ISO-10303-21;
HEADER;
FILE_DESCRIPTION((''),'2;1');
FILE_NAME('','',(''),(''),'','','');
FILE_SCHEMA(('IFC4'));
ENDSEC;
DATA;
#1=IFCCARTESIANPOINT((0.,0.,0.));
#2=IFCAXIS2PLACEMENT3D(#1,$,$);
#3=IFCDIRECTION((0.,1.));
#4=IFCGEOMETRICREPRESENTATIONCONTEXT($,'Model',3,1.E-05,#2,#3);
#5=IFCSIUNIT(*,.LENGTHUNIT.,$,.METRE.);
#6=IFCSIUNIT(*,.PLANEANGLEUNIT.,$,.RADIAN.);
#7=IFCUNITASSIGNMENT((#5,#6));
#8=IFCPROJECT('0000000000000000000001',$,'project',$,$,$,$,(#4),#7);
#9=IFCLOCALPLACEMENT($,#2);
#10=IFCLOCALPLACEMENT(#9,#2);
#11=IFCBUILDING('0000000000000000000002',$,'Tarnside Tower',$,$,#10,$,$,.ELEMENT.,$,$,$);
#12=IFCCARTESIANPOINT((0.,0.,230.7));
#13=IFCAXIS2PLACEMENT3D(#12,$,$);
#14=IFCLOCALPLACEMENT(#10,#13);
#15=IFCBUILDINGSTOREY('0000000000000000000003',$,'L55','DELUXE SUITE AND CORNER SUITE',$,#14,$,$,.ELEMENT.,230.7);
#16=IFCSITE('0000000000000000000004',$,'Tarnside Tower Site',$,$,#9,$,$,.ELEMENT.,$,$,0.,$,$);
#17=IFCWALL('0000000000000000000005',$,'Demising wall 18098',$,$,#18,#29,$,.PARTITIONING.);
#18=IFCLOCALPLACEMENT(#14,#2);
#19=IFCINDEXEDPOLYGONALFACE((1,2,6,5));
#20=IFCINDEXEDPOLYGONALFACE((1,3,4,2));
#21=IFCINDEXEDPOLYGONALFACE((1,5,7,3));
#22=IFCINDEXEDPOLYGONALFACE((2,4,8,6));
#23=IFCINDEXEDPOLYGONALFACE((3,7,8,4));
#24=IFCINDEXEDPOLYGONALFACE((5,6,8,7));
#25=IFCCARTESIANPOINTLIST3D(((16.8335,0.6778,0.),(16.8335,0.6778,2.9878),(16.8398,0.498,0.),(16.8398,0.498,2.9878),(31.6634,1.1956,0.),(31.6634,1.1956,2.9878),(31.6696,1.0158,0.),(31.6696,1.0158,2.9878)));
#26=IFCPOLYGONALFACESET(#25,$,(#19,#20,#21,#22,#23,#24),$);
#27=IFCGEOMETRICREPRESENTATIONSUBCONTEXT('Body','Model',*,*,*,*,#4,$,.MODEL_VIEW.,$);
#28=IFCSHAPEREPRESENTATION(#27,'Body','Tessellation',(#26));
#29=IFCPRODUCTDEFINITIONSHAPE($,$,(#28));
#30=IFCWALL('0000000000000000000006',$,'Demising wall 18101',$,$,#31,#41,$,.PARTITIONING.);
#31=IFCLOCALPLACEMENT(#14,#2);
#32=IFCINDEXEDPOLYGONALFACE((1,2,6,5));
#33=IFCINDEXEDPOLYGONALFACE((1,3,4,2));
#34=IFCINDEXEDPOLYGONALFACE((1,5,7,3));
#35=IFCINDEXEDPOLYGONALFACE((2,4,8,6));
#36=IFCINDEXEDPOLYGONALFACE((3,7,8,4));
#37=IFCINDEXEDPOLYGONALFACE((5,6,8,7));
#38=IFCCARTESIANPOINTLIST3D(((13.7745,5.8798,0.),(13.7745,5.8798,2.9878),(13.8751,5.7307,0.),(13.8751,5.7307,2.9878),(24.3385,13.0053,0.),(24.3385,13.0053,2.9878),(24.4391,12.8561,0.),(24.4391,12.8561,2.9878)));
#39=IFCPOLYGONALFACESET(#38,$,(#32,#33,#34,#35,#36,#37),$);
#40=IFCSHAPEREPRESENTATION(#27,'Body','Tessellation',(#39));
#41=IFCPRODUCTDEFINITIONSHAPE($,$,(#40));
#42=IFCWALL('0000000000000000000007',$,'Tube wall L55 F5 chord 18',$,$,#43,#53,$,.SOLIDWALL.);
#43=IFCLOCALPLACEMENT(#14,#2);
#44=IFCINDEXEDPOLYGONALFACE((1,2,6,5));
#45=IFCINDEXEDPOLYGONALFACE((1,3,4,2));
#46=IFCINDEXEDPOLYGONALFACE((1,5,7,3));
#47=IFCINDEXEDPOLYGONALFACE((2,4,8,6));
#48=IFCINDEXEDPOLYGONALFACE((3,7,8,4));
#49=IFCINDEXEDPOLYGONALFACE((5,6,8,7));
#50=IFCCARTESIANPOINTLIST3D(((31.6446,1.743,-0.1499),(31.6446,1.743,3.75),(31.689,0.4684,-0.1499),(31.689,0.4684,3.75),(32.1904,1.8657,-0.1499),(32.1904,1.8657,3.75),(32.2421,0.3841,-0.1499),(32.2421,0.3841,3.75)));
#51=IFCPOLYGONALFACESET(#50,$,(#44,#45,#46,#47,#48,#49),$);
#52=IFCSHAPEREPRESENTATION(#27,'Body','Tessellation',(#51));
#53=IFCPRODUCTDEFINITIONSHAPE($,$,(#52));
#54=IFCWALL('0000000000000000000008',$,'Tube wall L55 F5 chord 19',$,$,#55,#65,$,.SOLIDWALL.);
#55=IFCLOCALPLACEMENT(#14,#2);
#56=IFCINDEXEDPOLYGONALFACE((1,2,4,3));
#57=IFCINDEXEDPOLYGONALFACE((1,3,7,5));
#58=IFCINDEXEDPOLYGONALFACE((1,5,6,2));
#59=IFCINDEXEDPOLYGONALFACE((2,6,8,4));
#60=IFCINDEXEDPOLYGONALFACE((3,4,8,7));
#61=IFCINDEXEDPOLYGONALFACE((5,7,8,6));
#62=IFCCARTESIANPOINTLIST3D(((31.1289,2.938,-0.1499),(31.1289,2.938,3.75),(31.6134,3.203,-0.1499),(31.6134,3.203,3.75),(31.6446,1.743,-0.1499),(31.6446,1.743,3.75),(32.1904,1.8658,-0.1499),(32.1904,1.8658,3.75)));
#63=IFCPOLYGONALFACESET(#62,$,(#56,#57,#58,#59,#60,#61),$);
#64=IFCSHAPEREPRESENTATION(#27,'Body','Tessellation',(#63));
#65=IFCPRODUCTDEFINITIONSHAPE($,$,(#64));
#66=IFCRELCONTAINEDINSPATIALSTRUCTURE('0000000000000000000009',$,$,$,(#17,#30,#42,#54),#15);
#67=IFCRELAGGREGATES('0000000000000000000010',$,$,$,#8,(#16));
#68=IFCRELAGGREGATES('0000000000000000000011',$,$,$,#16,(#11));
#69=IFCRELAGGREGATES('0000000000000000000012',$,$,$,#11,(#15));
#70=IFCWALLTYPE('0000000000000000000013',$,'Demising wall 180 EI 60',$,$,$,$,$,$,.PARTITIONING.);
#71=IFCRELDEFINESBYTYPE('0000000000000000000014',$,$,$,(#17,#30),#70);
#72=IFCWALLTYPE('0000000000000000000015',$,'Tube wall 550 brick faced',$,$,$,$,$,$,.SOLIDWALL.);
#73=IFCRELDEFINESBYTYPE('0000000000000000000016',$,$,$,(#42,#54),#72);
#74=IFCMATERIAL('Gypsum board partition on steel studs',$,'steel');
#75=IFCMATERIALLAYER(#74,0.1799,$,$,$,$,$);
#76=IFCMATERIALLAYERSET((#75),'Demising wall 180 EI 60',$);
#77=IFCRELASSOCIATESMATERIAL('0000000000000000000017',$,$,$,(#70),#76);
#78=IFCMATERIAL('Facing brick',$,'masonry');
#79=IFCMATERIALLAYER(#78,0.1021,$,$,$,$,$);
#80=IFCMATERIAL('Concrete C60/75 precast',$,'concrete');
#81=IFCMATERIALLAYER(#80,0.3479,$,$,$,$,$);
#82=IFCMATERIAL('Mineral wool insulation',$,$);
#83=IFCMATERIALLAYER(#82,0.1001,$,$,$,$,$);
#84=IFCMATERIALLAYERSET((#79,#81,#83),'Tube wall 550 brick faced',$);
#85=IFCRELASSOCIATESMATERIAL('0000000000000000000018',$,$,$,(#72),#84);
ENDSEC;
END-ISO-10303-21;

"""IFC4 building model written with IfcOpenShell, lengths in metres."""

from ifc_helpers import new_model, si_unit, direction, frame, frame_2d, origin, place, context, subcontext, project, spatial, polyline, rectangle, outline, extrude, material, layer, layer_set, type_object, element, save


model = new_model("IFC4")

# Units and contexts
model_context = context("Model", 3, precision=1e-05, world=origin(), true_north=direction((0.0, 1.0)))
body_context = subcontext(model_context, "Body", "Model", "MODEL_VIEW")
ifc_project = project(units=[si_unit("LENGTHUNIT", "METRE"), si_unit("PLANEANGLEUNIT", "RADIAN")], contexts=[model_context])

# Site, building, storey
site_placement = place(None, origin())
site = spatial("IfcSite", under=ifc_project, at=site_placement, Name="Tarnside Tower Site", CompositionType="ELEMENT", RefElevation=0.0)
building_placement = place(site_placement, origin())
building = spatial("IfcBuilding", under=site, at=building_placement, Name="Tarnside Tower", CompositionType="ELEMENT")
storey_placement = place(building_placement, frame((0.0, 0.0, 230.7)))
storey = spatial("IfcBuildingStorey", under=building, at=storey_placement, Name="L55", Description="DELUXE SUITE AND CORNER SUITE", CompositionType="ELEMENT", Elevation=230.7)

# Shared definitions
ifc_material_1 = material(Name="Gypsum board partition on steel studs", Category="steel")

# Walls
ifc_layer_1 = layer(ifc_material_1, 0.1799)
ifc_layer_set_1 = layer_set([ifc_layer_1], Name="Demising wall 180 EI 60")
wall_type_1 = type_object("IfcWallType", Name="Demising wall 180 EI 60", PredefinedType="PARTITIONING", material=ifc_layer_set_1)
wall_1_placement = place(storey_placement, frame((31.6665, 1.1057, 0.0), z_axis=(0.0, 0.0, 1.0), x_axis=(-0.999391, -0.034896, 0.0)))
element("IfcWall", 1, at=wall_1_placement, inside=storey, type_object=wall_type_1, Name="Demising wall 18098", PredefinedType="PARTITIONING", context=body_context, shape_type="SweptSolid", body=[
    extrude(rectangle(XDim=14.8389, YDim=0.1799, at=frame_2d((7.4194, 0.0))), origin(), (0.0, 0.0, 1.0), 2.9878),
])
wall_2_placement = place(storey_placement, frame((24.3887, 12.9307, 0.0), z_axis=(0.0, 0.0, 1.0), x_axis=(-0.829037, -0.559193, 0.0)))
element("IfcWall", 2, at=wall_2_placement, inside=storey, type_object=wall_type_1, Name="Demising wall 18101", PredefinedType="PARTITIONING", context=body_context, shape_type="SweptSolid", body=[
    extrude(rectangle(XDim=12.7424, YDim=0.1799, at=frame_2d((6.3711, 0.0))), origin(), (0.0, 0.0, 1.0), 2.9878),
])
ifc_material_2 = material(Name="Facing brick", Category="masonry")
ifc_layer_2 = layer(ifc_material_2, 0.1021)
ifc_material_3 = material(Name="Concrete C60/75 precast", Category="concrete")
ifc_layer_3 = layer(ifc_material_3, 0.3479)
ifc_material_4 = material(Name="Mineral wool insulation")
ifc_layer_4 = layer(ifc_material_4, 0.1001)
ifc_layer_set_2 = layer_set([ifc_layer_2, ifc_layer_3, ifc_layer_4], Name="Tube wall 550 brick faced")
wall_type_2 = type_object("IfcWallType", Name="Tube wall 550 brick faced", PredefinedType="SOLIDWALL", material=ifc_layer_set_2)
wall_3_placement = place(storey_placement, frame((31.9656, 0.4263, -0.1499), z_axis=(0.0, 0.0, 1.0), x_axis=(-0.034877, 0.999392, 0.0)))
element("IfcWall", 3, at=wall_3_placement, inside=storey, type_object=wall_type_2, Name="Tube wall L55 F5 chord 18", PredefinedType="SOLIDWALL", context=body_context, shape_type="SweptSolid", body=[
    extrude(outline(polyline([(-0.0518, -0.2749), (1.4307, -0.2749), (1.3271, 0.2749), (0.0518, 0.2749), (-0.0518, -0.2749)])), origin(), (0.0, 0.0, 1.0), 3.8999),
])
wall_4_placement = place(storey_placement, frame((31.9175, 1.8044, -0.1499), z_axis=(0.0, 0.0, 1.0), x_axis=(-0.396226, 0.918153, 0.0)))
element("IfcWall", 4, at=wall_4_placement, inside=storey, type_object=wall_type_2, Name="Tube wall L55 F5 chord 19", PredefinedType="SOLIDWALL", context=body_context, shape_type="SweptSolid", body=[
    extrude(outline(polyline([(-0.0518, -0.2749), (1.4045, -0.2749), (1.3533, 0.2749), (0.0518, 0.2749), (-0.0518, -0.2749)])), origin(), (0.0, 0.0, 1.0), 3.8999),
])

save(model, "model.ifc")
